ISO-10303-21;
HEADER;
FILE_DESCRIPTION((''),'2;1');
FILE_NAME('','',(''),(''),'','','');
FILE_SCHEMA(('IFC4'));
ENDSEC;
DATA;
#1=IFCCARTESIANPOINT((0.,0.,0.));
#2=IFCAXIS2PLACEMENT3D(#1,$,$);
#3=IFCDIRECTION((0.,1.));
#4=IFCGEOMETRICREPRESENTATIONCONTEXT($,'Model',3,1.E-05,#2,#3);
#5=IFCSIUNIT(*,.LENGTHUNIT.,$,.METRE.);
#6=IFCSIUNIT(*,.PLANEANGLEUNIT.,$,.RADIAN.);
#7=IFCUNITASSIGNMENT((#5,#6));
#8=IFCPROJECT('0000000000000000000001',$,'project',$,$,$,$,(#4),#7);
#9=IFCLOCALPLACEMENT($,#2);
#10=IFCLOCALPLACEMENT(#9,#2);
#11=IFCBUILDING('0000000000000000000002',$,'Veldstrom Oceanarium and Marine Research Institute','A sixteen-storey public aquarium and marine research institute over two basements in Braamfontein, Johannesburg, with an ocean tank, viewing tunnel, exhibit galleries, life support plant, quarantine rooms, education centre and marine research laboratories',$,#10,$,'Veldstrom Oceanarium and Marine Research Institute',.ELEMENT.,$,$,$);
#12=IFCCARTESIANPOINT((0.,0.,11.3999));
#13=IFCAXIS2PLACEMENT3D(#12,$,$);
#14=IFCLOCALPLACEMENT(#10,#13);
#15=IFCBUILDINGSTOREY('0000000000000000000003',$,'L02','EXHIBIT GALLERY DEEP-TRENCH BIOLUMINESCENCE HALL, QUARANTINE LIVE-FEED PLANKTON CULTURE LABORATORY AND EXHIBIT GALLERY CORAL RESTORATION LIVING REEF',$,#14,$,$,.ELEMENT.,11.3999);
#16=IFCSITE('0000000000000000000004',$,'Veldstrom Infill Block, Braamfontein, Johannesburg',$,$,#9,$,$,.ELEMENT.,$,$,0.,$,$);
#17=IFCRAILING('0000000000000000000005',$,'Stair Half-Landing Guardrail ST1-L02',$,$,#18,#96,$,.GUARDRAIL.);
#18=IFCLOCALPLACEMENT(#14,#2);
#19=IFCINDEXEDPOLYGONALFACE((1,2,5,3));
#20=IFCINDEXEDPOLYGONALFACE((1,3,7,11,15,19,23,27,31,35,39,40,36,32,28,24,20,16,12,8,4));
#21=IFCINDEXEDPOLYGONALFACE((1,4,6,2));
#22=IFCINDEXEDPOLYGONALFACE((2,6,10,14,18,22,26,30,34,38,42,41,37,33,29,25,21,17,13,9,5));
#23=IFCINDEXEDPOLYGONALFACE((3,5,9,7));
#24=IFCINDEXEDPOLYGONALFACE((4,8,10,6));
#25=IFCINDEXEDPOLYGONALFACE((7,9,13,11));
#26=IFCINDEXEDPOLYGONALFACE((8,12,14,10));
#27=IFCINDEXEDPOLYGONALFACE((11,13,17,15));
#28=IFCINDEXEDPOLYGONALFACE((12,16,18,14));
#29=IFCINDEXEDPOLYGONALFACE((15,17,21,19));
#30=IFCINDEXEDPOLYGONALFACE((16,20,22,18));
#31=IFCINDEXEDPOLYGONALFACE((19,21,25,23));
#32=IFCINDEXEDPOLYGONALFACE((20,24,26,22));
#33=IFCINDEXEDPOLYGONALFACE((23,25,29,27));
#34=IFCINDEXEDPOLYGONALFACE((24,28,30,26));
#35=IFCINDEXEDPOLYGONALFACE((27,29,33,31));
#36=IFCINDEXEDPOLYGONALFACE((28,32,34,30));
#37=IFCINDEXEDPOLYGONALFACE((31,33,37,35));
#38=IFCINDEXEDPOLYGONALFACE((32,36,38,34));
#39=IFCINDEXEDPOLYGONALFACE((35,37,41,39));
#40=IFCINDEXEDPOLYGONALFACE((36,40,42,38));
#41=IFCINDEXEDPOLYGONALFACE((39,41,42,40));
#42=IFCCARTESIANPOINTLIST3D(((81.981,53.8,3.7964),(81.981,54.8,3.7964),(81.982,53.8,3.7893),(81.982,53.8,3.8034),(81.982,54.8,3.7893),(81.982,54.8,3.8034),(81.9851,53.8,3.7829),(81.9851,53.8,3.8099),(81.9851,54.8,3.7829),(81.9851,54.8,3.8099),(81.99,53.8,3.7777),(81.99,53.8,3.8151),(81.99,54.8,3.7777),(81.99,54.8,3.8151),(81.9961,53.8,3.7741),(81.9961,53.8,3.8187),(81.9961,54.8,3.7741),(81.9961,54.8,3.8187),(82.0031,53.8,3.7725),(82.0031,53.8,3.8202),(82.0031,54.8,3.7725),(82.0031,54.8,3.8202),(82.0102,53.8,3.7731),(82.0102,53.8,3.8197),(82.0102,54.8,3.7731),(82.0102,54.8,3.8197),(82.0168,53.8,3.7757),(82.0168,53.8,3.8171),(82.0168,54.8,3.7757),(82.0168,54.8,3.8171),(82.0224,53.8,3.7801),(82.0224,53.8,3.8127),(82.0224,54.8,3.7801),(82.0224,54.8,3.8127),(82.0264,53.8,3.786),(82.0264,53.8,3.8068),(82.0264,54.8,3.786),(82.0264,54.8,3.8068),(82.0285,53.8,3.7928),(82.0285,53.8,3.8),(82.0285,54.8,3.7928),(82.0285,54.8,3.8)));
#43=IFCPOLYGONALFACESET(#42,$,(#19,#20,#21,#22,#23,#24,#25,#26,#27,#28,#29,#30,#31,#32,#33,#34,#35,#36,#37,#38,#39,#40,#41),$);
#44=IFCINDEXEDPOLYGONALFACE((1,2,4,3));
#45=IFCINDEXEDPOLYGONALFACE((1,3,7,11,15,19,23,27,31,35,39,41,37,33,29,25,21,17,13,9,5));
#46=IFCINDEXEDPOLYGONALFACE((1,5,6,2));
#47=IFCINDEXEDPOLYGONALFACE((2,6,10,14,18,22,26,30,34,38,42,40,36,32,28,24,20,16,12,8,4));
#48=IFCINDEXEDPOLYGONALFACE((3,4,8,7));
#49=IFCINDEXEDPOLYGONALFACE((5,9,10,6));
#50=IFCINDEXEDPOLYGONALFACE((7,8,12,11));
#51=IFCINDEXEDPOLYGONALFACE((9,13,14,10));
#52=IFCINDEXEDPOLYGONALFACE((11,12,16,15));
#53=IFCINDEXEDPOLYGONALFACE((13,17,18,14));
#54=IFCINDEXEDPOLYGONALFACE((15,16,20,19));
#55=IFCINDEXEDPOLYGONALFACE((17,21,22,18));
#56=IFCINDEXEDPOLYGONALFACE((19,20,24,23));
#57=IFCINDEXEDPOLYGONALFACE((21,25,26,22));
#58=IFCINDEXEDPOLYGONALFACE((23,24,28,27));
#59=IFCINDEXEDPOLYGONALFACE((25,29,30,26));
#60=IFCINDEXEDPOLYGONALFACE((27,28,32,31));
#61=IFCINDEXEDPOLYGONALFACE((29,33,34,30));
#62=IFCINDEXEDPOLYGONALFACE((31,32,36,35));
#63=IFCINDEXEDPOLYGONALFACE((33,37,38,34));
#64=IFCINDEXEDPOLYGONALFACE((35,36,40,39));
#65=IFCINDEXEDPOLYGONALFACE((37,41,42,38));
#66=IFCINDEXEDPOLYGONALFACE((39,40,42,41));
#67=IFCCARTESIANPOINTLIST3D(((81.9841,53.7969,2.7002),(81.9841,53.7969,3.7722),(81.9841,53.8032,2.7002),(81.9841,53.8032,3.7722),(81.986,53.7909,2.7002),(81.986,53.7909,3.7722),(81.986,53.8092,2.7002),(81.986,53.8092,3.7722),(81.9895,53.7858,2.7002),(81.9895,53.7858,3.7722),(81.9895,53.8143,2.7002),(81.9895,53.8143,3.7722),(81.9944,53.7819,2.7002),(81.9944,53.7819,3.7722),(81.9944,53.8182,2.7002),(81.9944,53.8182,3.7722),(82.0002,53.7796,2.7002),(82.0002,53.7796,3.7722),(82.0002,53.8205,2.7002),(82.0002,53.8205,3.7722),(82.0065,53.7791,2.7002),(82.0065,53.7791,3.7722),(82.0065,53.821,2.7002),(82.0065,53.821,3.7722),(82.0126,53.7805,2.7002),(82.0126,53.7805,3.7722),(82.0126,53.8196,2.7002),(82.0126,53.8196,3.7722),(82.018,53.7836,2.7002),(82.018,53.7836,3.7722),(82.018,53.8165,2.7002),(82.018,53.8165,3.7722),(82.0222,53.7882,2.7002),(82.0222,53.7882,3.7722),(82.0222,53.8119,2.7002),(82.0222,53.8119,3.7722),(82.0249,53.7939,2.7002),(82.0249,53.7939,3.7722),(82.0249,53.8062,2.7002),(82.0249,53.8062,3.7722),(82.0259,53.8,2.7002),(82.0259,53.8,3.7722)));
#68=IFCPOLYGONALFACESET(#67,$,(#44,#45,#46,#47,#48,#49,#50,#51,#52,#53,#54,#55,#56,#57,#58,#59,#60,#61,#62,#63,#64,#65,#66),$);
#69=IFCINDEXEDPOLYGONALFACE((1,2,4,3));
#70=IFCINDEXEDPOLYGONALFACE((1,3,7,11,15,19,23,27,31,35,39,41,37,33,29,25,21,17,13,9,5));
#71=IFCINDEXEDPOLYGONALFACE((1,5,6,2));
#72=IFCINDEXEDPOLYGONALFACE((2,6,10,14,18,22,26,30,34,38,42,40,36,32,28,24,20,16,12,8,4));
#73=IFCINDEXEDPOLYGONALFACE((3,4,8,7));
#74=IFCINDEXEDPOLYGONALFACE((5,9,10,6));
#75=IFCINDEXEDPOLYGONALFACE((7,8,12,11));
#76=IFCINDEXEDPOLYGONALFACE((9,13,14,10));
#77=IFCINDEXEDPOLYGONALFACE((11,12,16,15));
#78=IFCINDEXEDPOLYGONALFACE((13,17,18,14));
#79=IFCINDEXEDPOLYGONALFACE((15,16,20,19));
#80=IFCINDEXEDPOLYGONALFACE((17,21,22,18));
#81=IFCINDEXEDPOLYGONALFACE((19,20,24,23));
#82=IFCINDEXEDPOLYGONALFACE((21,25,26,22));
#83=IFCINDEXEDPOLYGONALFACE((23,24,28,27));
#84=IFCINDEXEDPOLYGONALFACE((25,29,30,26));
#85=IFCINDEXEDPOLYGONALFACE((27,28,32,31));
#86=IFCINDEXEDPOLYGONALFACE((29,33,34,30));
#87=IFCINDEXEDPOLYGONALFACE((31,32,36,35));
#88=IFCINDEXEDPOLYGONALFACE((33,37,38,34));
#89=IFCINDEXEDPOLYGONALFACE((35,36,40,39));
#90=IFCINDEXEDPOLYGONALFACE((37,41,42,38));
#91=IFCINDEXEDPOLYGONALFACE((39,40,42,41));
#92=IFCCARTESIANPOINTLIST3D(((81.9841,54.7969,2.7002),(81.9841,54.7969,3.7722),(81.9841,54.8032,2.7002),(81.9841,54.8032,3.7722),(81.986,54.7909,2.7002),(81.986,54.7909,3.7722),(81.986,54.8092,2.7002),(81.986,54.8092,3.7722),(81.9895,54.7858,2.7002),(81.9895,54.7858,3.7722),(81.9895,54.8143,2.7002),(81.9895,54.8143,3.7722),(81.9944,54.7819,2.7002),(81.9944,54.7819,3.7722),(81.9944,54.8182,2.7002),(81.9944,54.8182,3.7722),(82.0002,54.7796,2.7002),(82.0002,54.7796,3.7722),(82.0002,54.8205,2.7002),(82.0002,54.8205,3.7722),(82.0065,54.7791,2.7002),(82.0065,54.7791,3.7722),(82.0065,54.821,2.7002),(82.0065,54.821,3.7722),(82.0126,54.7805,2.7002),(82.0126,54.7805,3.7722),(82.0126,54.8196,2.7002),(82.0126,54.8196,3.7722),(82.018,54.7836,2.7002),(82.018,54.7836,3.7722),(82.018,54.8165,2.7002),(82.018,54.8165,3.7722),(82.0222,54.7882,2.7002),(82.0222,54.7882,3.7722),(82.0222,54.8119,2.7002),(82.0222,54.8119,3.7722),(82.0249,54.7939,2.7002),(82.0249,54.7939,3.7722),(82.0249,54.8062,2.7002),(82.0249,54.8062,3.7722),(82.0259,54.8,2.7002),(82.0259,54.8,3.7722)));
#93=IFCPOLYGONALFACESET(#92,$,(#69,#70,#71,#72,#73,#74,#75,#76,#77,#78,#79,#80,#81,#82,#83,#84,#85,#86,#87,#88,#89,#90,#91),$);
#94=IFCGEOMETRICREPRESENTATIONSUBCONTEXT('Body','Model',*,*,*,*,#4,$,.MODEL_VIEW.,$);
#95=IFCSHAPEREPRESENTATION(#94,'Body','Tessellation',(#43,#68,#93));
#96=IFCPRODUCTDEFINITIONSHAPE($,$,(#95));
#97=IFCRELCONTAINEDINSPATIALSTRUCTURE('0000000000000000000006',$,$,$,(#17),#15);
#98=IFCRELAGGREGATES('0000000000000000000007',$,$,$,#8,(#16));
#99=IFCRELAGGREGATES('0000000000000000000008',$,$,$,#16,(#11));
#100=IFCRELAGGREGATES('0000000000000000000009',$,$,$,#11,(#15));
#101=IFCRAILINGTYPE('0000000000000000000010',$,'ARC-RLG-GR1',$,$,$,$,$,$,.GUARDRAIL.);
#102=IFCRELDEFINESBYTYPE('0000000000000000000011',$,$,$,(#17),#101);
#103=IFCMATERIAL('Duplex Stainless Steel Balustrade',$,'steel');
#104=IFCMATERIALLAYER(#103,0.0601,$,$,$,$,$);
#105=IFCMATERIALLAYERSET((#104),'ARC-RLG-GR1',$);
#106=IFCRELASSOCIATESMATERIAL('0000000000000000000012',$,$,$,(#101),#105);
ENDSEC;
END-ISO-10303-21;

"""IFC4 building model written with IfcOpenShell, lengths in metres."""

from ifc_helpers import new_model, si_unit, direction, frame, origin, origin_2d, place, context, subcontext, project, spatial, circle, extrude, material, layer, layer_set, type_object, element, save


model = new_model("IFC4")

# Units and contexts
model_context = context("Model", 3, precision=1e-05, world=origin(), true_north=direction((0.0, 1.0)))
body_context = subcontext(model_context, "Body", "Model", "MODEL_VIEW")
ifc_project = project(units=[si_unit("LENGTHUNIT", "METRE"), si_unit("PLANEANGLEUNIT", "RADIAN")], contexts=[model_context])

# Site, building, storey
site_placement = place(None, origin())
site = spatial("IfcSite", under=ifc_project, at=site_placement, Name="Veldstrom Infill Block, Braamfontein, Johannesburg", CompositionType="ELEMENT", RefElevation=0.0)
building_placement = place(site_placement, origin())
building = spatial("IfcBuilding", under=site, at=building_placement, Name="Veldstrom Oceanarium and Marine Research Institute", Description="A sixteen-storey public aquarium and marine research institute over two basements in Braamfontein, Johannesburg, with an ocean tank, viewing tunnel, exhibit galleries, life support plant, quarantine rooms, education centre and marine research laboratories", LongName="Veldstrom Oceanarium and Marine Research Institute", CompositionType="ELEMENT")
storey_placement = place(building_placement, frame((0.0, 0.0, 11.3999)))
storey = spatial("IfcBuildingStorey", under=building, at=storey_placement, Name="L02", Description="EXHIBIT GALLERY DEEP-TRENCH BIOLUMINESCENCE HALL, QUARANTINE LIVE-FEED PLANKTON CULTURE LABORATORY AND EXHIBIT GALLERY CORAL RESTORATION LIVING REEF", CompositionType="ELEMENT", Elevation=11.3999)

# Railing
ifc_material_1 = material(Name="Duplex Stainless Steel Balustrade", Category="steel")
ifc_layer_1 = layer(ifc_material_1, 0.0601)
ifc_layer_set_1 = layer_set([ifc_layer_1], Name="ARC-RLG-GR1")
railing_type_1 = type_object("IfcRailingType", Name="ARC-RLG-GR1", PredefinedType="GUARDRAIL", material=ifc_layer_set_1)
railing_1_placement = place(storey_placement, frame((82.0049, 53.8, 2.7002)))
element("IfcRailing", 1, at=railing_1_placement, inside=storey, type_object=railing_type_1, Name="Stair Half-Landing Guardrail ST1-L02", PredefinedType="GUARDRAIL", context=body_context, shape_type="SweptSolid", body=[
    extrude(circle(Radius=0.0239, at=origin_2d()), frame((0.0, 0.0, 1.0962), z_axis=(0.0, 1.0, 0.0), x_axis=(-1.0, 0.0, 0.0)), (0.0, 0.0, 1.0), 1.0),
    extrude(circle(Radius=0.021, at=origin_2d()), origin(), (0.0, 0.0, 1.0), 1.072),
    extrude(circle(Radius=0.021, at=origin_2d()), frame((0.0, 1.0, 0.0)), (0.0, 0.0, 1.0), 1.072),
])

save(model, "model.ifc")
